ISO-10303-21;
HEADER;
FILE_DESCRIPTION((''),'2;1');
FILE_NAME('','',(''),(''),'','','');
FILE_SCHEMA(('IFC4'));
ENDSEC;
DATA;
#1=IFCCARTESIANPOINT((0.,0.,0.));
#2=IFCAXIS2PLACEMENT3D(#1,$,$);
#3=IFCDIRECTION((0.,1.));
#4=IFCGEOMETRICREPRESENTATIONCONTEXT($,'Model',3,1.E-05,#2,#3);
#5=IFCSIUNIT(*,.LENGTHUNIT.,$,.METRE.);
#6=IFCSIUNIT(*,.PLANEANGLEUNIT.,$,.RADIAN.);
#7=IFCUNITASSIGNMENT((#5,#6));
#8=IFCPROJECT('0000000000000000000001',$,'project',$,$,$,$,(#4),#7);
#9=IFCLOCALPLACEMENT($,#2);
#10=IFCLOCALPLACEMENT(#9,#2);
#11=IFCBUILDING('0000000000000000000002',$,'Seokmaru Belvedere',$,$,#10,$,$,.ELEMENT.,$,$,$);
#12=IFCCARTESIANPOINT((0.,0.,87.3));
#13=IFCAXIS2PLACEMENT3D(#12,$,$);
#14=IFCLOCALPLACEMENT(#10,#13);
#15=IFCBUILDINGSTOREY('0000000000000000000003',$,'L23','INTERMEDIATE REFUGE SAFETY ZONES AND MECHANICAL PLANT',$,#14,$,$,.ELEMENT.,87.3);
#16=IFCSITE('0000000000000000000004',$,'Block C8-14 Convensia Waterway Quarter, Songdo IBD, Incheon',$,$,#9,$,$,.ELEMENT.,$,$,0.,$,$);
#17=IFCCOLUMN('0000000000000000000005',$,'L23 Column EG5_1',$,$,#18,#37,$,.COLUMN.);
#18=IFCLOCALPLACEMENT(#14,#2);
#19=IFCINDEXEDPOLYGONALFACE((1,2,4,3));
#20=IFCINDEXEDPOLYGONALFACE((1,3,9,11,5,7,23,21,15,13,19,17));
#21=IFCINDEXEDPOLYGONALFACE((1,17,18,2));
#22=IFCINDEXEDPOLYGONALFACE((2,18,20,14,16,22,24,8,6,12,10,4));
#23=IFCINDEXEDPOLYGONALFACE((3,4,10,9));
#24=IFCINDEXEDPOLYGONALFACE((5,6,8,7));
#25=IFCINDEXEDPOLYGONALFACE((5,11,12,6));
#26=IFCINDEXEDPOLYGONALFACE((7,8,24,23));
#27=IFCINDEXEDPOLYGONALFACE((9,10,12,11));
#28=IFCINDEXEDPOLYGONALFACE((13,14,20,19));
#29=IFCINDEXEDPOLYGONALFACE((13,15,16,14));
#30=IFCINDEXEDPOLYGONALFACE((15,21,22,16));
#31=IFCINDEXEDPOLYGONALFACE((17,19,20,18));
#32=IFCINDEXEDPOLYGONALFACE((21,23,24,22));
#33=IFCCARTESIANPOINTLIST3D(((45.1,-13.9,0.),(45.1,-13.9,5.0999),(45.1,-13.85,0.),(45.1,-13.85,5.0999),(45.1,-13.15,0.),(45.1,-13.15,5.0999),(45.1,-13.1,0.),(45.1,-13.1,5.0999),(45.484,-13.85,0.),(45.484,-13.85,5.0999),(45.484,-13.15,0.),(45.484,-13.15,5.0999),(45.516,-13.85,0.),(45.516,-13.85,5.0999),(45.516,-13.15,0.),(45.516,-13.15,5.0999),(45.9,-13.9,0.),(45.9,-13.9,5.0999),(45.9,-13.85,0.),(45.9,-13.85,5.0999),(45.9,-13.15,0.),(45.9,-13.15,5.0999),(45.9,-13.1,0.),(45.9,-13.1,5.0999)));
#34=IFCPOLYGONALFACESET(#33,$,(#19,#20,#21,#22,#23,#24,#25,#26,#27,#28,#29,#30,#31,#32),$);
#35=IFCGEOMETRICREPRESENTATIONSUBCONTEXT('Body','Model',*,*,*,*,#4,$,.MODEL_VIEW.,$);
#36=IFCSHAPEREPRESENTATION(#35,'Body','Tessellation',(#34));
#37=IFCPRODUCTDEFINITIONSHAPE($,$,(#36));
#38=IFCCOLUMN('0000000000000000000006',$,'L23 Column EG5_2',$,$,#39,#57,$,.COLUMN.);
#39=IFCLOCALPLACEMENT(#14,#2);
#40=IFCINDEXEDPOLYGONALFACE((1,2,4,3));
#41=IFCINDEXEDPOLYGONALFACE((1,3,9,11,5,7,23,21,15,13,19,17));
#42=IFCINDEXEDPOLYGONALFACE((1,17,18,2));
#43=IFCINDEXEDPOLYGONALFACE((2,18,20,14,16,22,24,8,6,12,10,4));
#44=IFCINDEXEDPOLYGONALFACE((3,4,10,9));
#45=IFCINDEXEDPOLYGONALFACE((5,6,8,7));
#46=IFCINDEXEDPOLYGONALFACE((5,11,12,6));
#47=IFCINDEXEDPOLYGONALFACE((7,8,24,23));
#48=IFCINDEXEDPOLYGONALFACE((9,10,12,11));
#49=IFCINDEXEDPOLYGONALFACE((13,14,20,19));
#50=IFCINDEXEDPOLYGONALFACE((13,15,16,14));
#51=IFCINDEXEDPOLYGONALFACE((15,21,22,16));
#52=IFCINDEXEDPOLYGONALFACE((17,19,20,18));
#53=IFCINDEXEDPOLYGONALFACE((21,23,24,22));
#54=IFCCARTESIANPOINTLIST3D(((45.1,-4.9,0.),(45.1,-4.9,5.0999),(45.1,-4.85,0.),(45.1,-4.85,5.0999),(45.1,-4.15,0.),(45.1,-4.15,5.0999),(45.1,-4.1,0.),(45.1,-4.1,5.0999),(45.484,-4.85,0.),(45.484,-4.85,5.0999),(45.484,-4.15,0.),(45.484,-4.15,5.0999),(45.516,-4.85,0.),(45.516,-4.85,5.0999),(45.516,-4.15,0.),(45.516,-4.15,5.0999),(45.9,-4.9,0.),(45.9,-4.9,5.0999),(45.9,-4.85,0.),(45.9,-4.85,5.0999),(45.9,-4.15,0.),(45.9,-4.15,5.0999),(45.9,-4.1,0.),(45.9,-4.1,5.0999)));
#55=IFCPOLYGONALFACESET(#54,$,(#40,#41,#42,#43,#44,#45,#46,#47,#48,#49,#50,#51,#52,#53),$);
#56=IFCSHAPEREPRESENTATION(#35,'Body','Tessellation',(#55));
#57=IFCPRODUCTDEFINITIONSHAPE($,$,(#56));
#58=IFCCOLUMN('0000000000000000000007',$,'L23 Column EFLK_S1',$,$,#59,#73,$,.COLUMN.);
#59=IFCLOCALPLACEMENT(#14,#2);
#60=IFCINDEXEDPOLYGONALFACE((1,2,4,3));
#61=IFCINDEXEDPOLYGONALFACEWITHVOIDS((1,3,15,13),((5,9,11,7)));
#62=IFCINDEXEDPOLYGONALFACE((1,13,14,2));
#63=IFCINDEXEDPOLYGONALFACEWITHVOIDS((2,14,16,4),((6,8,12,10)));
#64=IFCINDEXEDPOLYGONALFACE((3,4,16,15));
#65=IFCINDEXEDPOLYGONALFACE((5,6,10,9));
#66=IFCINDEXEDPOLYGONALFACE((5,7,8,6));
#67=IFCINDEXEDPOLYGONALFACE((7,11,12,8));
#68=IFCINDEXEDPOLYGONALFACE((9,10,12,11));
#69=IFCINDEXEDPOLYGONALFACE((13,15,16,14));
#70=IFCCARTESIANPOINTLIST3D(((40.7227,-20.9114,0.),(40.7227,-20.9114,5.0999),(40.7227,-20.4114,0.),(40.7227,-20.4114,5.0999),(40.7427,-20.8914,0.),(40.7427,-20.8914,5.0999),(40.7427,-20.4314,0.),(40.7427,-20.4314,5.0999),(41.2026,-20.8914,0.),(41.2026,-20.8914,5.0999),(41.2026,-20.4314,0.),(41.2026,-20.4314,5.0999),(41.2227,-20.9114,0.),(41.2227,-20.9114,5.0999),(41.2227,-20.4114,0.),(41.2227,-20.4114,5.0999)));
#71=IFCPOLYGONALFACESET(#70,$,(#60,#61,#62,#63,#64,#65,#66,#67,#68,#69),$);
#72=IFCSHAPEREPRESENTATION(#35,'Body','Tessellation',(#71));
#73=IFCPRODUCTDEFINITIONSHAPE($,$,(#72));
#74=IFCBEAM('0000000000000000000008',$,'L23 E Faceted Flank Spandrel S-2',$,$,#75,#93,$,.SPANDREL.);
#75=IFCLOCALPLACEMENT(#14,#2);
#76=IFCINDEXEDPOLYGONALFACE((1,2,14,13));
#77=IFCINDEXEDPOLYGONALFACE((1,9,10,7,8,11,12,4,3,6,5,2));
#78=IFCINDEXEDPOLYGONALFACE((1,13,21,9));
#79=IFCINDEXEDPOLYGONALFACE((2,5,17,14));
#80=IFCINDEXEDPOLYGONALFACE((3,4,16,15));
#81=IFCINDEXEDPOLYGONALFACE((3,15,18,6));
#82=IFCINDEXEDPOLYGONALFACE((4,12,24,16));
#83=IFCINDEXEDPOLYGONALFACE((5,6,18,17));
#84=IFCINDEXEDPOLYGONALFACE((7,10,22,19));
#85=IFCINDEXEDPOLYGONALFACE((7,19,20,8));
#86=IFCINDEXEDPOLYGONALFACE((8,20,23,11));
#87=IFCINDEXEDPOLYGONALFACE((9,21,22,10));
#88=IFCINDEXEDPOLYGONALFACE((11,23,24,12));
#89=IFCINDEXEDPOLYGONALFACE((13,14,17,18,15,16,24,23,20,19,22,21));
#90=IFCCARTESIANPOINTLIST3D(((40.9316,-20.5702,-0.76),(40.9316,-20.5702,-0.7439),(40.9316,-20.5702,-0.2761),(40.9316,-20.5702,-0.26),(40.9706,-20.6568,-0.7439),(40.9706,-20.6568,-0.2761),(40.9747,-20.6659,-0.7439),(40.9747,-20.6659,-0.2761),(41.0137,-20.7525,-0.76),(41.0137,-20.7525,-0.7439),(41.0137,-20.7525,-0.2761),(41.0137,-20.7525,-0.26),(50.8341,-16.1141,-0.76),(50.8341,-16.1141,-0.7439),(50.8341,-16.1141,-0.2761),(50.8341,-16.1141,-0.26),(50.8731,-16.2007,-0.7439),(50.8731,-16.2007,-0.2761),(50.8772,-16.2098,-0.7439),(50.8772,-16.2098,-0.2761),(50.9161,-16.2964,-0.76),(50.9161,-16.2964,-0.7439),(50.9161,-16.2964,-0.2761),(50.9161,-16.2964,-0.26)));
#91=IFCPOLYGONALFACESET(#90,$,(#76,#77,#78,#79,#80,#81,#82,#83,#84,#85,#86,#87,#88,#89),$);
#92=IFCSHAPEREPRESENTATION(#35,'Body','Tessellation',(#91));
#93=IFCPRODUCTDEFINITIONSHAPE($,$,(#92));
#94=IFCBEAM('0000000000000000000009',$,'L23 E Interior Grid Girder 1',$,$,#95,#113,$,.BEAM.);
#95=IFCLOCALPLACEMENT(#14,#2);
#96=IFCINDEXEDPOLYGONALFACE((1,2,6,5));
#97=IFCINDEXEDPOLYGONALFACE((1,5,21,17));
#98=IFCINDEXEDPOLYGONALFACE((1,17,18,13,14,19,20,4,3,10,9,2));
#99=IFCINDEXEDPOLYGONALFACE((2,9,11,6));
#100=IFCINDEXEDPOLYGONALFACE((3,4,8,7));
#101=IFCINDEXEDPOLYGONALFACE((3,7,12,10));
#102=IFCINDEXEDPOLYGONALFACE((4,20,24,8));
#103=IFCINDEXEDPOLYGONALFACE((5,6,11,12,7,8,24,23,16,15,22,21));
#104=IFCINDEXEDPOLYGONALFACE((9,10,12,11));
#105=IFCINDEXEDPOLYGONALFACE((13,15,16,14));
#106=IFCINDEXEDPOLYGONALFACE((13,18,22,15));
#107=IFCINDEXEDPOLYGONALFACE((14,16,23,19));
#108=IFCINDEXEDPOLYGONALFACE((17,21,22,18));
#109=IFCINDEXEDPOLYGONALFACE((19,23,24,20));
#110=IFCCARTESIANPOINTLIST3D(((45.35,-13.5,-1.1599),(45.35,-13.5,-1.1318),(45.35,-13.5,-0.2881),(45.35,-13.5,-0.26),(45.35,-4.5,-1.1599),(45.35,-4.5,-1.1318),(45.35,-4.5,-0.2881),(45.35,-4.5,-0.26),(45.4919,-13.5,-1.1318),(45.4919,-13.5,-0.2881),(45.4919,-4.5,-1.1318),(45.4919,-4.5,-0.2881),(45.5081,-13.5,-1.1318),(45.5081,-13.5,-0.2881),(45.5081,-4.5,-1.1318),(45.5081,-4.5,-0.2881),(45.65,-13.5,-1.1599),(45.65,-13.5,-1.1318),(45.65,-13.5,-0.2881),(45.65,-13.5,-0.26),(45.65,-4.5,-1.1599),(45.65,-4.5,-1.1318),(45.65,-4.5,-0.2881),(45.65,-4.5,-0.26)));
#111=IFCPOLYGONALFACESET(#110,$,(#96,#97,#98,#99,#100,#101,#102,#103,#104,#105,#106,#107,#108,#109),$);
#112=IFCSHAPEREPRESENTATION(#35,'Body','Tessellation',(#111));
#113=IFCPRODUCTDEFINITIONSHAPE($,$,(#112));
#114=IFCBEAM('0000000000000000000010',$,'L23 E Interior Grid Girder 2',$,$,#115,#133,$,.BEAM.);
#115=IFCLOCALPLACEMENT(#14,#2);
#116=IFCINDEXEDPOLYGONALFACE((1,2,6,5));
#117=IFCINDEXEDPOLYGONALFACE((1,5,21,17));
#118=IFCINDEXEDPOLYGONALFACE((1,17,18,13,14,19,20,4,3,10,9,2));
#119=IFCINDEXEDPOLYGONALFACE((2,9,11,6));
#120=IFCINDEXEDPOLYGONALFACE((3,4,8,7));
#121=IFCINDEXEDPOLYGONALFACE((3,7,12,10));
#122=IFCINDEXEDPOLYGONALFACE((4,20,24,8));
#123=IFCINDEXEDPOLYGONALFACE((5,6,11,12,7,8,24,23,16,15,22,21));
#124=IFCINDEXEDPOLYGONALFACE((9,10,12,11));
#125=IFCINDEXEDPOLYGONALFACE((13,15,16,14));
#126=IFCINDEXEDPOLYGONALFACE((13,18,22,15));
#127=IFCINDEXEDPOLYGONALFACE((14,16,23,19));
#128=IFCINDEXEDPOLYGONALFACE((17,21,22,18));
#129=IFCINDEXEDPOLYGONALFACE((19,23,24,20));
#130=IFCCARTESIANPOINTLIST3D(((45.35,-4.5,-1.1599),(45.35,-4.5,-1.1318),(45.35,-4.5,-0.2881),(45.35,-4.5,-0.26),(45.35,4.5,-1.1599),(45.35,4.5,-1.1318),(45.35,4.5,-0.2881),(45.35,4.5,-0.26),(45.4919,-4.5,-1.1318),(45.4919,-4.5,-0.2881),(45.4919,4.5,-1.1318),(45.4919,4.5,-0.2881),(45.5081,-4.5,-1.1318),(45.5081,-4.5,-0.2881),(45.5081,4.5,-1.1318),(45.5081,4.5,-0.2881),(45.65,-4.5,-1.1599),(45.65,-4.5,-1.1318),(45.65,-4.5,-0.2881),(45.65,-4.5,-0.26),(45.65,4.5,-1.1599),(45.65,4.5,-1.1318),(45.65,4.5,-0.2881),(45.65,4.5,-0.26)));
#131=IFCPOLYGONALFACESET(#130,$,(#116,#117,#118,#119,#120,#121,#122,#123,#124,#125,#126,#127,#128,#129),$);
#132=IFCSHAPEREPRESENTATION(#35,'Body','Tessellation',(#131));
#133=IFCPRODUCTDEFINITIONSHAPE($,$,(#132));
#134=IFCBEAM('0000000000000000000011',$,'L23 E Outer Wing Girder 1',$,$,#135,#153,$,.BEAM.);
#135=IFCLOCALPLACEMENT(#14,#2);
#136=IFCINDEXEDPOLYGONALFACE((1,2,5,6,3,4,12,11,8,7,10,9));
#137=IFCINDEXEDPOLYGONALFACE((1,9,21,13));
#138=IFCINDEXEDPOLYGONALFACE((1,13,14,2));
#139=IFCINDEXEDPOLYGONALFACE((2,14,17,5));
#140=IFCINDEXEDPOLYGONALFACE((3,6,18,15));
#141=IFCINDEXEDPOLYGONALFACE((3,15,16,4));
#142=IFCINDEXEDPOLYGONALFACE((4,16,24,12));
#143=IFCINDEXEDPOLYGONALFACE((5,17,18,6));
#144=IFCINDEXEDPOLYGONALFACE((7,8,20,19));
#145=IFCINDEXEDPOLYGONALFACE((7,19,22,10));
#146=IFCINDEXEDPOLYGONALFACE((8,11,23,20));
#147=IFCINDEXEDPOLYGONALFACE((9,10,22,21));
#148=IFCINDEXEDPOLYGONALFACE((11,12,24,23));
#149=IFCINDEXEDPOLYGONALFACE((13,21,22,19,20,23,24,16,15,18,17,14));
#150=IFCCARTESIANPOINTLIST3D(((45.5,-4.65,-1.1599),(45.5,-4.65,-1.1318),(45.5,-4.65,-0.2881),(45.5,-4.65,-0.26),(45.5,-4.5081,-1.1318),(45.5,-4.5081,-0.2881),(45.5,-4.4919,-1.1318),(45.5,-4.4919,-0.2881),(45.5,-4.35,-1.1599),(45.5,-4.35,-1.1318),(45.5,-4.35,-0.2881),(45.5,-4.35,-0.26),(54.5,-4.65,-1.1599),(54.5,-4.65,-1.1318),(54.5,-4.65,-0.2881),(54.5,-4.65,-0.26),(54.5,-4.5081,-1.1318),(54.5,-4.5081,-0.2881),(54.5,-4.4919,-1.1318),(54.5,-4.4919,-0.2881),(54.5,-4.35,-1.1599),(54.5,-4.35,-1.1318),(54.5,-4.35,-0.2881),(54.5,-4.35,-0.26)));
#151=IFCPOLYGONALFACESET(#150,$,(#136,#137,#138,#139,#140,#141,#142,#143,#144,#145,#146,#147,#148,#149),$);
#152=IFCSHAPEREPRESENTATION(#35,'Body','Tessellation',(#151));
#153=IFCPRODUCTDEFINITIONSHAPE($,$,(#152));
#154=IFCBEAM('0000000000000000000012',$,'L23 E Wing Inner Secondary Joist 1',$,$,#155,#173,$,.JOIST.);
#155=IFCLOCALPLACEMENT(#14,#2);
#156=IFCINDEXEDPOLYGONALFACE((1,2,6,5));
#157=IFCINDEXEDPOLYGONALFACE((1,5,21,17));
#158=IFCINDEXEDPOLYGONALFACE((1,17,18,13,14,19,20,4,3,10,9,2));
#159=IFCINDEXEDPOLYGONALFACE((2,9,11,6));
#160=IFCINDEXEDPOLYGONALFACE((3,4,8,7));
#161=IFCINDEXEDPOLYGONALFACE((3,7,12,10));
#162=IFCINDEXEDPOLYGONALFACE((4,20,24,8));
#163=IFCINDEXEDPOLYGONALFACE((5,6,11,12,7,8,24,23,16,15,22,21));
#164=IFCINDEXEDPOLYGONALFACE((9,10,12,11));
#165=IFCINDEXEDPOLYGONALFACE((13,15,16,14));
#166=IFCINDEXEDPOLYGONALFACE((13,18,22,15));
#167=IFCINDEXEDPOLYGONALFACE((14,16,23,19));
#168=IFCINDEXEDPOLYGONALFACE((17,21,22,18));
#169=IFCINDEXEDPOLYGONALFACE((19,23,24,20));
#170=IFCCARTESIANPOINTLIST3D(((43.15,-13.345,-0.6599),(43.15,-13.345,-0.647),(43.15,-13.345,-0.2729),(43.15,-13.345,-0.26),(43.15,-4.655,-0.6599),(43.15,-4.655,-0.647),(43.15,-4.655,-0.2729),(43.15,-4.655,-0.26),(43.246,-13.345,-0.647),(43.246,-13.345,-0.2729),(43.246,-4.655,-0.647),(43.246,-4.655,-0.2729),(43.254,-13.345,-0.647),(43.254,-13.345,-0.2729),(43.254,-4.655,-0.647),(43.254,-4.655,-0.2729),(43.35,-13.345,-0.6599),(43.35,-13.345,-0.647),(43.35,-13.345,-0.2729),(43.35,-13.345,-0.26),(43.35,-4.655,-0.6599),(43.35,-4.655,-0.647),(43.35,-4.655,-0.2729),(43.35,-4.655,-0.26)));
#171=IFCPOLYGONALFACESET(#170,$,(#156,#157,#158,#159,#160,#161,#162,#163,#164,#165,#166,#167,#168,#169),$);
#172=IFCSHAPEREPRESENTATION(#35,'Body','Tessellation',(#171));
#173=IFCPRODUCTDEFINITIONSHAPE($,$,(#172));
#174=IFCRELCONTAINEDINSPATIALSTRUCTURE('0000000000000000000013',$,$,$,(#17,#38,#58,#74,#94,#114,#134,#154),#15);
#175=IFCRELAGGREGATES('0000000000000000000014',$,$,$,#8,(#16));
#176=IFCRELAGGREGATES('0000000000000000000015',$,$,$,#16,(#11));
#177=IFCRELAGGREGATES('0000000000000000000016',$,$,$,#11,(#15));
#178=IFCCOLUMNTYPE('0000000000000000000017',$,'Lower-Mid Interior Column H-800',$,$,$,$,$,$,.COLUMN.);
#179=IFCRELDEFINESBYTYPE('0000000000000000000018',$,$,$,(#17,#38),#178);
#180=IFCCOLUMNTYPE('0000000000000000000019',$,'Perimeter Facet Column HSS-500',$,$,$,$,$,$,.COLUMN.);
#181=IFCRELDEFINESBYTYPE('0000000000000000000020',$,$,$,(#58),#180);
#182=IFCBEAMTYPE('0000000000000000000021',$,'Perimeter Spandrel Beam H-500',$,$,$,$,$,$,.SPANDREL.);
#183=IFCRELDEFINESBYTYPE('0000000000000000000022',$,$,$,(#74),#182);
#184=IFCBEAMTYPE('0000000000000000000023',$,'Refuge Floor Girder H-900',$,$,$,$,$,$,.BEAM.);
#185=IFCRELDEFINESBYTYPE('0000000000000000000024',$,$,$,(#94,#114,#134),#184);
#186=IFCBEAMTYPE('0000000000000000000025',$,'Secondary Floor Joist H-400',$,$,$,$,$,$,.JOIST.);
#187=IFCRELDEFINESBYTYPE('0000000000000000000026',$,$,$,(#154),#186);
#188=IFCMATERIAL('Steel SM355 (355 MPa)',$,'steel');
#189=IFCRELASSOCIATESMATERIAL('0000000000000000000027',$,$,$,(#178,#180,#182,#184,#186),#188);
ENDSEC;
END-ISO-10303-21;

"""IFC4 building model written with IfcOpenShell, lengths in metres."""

from ifc_helpers import new_model, si_unit, direction, frame, origin, origin_2d, place, context, subcontext, project, spatial, hollow_rectangle, i_section, extrude, source, transform, mapped, material, material_profile, profile_set, type_object, type_shapes, element, save


model = new_model("IFC4")

# Units and contexts
model_context = context("Model", 3, precision=1e-05, world=origin(), true_north=direction((0.0, 1.0)))
body_context = subcontext(model_context, "Body", "Model", "MODEL_VIEW")
ifc_project = project(units=[si_unit("LENGTHUNIT", "METRE"), si_unit("PLANEANGLEUNIT", "RADIAN")], contexts=[model_context])

# Site, building, storey
site_placement = place(None, origin())
site = spatial("IfcSite", under=ifc_project, at=site_placement, Name="Block C8-14 Convensia Waterway Quarter, Songdo IBD, Incheon", CompositionType="ELEMENT", RefElevation=0.0)
building_placement = place(site_placement, origin())
building = spatial("IfcBuilding", under=site, at=building_placement, Name="Seokmaru Belvedere", CompositionType="ELEMENT")
storey_placement = place(building_placement, frame((0.0, 0.0, 87.3)))
storey = spatial("IfcBuildingStorey", under=building, at=storey_placement, Name="L23", Description="INTERMEDIATE REFUGE SAFETY ZONES AND MECHANICAL PLANT", CompositionType="ELEMENT", Elevation=87.3)

# Columns
ifc_material_1 = material(Name="Steel SM355 (355 MPa)", Category="steel")
ifc_material_profile_1 = material_profile(ifc_material_1, i_section(OverallWidth=0.8, OverallDepth=0.8, WebThickness=0.032, FlangeThickness=0.05, at=origin_2d()), Name="H-800x800x32x50")
ifc_profile_set_1 = profile_set([ifc_material_profile_1], Name="Steel SM355 (355 MPa)")
column_type_1 = type_object("IfcColumnType", Name="Lower-Mid Interior Column H-800", PredefinedType="COLUMN", material=ifc_profile_set_1)
shared_shape_1 = source(origin(), body_context, "Body", "SweptSolid", [
    extrude(i_section(OverallWidth=0.8, OverallDepth=0.8, WebThickness=0.032, FlangeThickness=0.05, at=origin_2d()), origin(), (0.0, 0.0, 1.0), 5.0999),
])
type_shapes(column_type_1, [shared_shape_1])
for number, where, z_axis, x_axis, name in (
    (1, (45.5, -13.5, 0.0), (0.0, 0.0, 1.0), (1.0, 0.0, 0.0), "L23 Column EG5_1"),
    (2, (45.5, -4.5, 0.0), (0.0, 0.0, 1.0), (1.0, 0.0, 0.0), "L23 Column EG5_2"),
):
    element("IfcColumn", number, at=place(storey_placement, frame(where, z_axis=z_axis, x_axis=x_axis)), inside=storey, type_object=column_type_1, Name=name, PredefinedType="COLUMN", context=body_context, shape_type="MappedRepresentation", body=[
        mapped(shared_shape_1, transform((0.0, 0.0, 0.0), scale=1.0)),
    ])
ifc_material_profile_2 = material_profile(ifc_material_1, hollow_rectangle(XDim=0.5, YDim=0.5, WallThickness=0.02, at=origin_2d()), Name="HSS-500x500x20")
ifc_profile_set_2 = profile_set([ifc_material_profile_2], Name="Steel SM355 (355 MPa)")
column_type_2 = type_object("IfcColumnType", Name="Perimeter Facet Column HSS-500", PredefinedType="COLUMN", material=ifc_profile_set_2)
shared_shape_2 = source(origin(), body_context, "Body", "SweptSolid", [
    extrude(hollow_rectangle(XDim=0.5, YDim=0.5, WallThickness=0.02, at=origin_2d()), origin(), (0.0, 0.0, 1.0), 5.0999),
])
type_shapes(column_type_2, [shared_shape_2])
column_placement = place(storey_placement, frame((40.9727, -20.6614, 0.0), z_axis=(0.0, 0.0, 1.0), x_axis=(1.0, 0.0, 0.0)))
element("IfcColumn", 3, at=column_placement, inside=storey, type_object=column_type_2, Name="L23 Column EFLK_S1", PredefinedType="COLUMN", context=body_context, shape_type="MappedRepresentation", body=[
    mapped(shared_shape_2, transform((0.0, 0.0, 0.0), scale=1.0)),
])

# Beams
ifc_material_profile_3 = material_profile(ifc_material_1, i_section(OverallWidth=0.2, OverallDepth=0.5, WebThickness=0.01, FlangeThickness=0.0161, at=origin_2d()), Name="H-500x200x10x16")
ifc_profile_set_3 = profile_set([ifc_material_profile_3], Name="Steel SM355 (355 MPa)")
beam_type_1 = type_object("IfcBeamType", Name="Perimeter Spandrel Beam H-500", PredefinedType="SPANDREL", material=ifc_profile_set_3)
shared_shape_3 = source(origin(), body_context, "Body", "SweptSolid", [
    extrude(i_section(OverallWidth=0.2, OverallDepth=0.5, WebThickness=0.01, FlangeThickness=0.0161, at=origin_2d()), origin(), (0.0, 0.0, 1.0), 10.8589),
])
type_shapes(beam_type_1, [shared_shape_3])
beam_1_placement = place(storey_placement, frame((40.9727, -20.6614, -0.51), z_axis=(0.911922, 0.410365, 0.0), x_axis=(-0.410365, 0.911922, 0.0)))
element("IfcBeam", 4, at=beam_1_placement, inside=storey, type_object=beam_type_1, Name="L23 E Faceted Flank Spandrel S-2", PredefinedType="SPANDREL", context=body_context, shape_type="MappedRepresentation", body=[
    mapped(shared_shape_3, transform((0.0, 0.0, 0.0), scale=1.0)),
])
ifc_material_profile_4 = material_profile(ifc_material_1, i_section(OverallWidth=0.3, OverallDepth=0.8999, WebThickness=0.0161, FlangeThickness=0.0281, at=origin_2d()), Name="H-900x300x16x28")
ifc_profile_set_4 = profile_set([ifc_material_profile_4], Name="Steel SM355 (355 MPa)")
beam_type_2 = type_object("IfcBeamType", Name="Refuge Floor Girder H-900", PredefinedType="BEAM", material=ifc_profile_set_4)
shared_shape_4 = source(origin(), body_context, "Body", "SweptSolid", [
    extrude(i_section(OverallWidth=0.3, OverallDepth=0.8999, WebThickness=0.0161, FlangeThickness=0.0281, at=origin_2d()), origin(), (0.0, 0.0, 1.0), 9.0),
])
for number, where, z_axis, x_axis, name in (
    (5, (45.5, -13.5, -0.71), (0.0, 1.0, 0.0), (-1.0, 0.0, 0.0), "L23 E Interior Grid Girder 1"),
    (6, (45.5, -4.5, -0.71), (0.0, 1.0, 0.0), (-1.0, 0.0, 0.0), "L23 E Interior Grid Girder 2"),
    (7, (45.5, -4.5, -0.71), (1.0, 0.0, 0.0), (0.0, 1.0, 0.0), "L23 E Outer Wing Girder 1"),
):
    element("IfcBeam", number, at=place(storey_placement, frame(where, z_axis=z_axis, x_axis=x_axis)), inside=storey, type_object=beam_type_2, Name=name, PredefinedType="BEAM", context=body_context, shape_type="MappedRepresentation", body=[
        mapped(shared_shape_4, transform((0.0, 0.0, 0.0), scale=1.0)),
    ])
ifc_material_profile_5 = material_profile(ifc_material_1, i_section(OverallWidth=0.2, OverallDepth=0.3999, WebThickness=0.0081, FlangeThickness=0.0129, at=origin_2d()), Name="H-400x200x8x13")
ifc_profile_set_5 = profile_set([ifc_material_profile_5], Name="Steel SM355 (355 MPa)")
beam_type_3 = type_object("IfcBeamType", Name="Secondary Floor Joist H-400", PredefinedType="JOIST", material=ifc_profile_set_5)
shared_shape_5 = source(origin(), body_context, "Body", "SweptSolid", [
    extrude(i_section(OverallWidth=0.2, OverallDepth=0.3999, WebThickness=0.0081, FlangeThickness=0.0129, at=origin_2d()), origin(), (0.0, 0.0, 1.0), 8.6899),
])
type_shapes(beam_type_3, [shared_shape_5])
for number, where, z_axis, x_axis, name in (
    (8, (43.25, -13.345, -0.46), (0.0, 1.0, 0.0), (-1.0, 0.0, 0.0), "L23 E Wing Inner Secondary Joist 1"),
):
    element("IfcBeam", number, at=place(storey_placement, frame(where, z_axis=z_axis, x_axis=x_axis)), inside=storey, type_object=beam_type_3, Name=name, PredefinedType="JOIST", context=body_context, shape_type="MappedRepresentation", body=[
        mapped(shared_shape_5, transform((0.0, 0.0, 0.0), scale=1.0)),
    ])

save(model, "model.ifc")
